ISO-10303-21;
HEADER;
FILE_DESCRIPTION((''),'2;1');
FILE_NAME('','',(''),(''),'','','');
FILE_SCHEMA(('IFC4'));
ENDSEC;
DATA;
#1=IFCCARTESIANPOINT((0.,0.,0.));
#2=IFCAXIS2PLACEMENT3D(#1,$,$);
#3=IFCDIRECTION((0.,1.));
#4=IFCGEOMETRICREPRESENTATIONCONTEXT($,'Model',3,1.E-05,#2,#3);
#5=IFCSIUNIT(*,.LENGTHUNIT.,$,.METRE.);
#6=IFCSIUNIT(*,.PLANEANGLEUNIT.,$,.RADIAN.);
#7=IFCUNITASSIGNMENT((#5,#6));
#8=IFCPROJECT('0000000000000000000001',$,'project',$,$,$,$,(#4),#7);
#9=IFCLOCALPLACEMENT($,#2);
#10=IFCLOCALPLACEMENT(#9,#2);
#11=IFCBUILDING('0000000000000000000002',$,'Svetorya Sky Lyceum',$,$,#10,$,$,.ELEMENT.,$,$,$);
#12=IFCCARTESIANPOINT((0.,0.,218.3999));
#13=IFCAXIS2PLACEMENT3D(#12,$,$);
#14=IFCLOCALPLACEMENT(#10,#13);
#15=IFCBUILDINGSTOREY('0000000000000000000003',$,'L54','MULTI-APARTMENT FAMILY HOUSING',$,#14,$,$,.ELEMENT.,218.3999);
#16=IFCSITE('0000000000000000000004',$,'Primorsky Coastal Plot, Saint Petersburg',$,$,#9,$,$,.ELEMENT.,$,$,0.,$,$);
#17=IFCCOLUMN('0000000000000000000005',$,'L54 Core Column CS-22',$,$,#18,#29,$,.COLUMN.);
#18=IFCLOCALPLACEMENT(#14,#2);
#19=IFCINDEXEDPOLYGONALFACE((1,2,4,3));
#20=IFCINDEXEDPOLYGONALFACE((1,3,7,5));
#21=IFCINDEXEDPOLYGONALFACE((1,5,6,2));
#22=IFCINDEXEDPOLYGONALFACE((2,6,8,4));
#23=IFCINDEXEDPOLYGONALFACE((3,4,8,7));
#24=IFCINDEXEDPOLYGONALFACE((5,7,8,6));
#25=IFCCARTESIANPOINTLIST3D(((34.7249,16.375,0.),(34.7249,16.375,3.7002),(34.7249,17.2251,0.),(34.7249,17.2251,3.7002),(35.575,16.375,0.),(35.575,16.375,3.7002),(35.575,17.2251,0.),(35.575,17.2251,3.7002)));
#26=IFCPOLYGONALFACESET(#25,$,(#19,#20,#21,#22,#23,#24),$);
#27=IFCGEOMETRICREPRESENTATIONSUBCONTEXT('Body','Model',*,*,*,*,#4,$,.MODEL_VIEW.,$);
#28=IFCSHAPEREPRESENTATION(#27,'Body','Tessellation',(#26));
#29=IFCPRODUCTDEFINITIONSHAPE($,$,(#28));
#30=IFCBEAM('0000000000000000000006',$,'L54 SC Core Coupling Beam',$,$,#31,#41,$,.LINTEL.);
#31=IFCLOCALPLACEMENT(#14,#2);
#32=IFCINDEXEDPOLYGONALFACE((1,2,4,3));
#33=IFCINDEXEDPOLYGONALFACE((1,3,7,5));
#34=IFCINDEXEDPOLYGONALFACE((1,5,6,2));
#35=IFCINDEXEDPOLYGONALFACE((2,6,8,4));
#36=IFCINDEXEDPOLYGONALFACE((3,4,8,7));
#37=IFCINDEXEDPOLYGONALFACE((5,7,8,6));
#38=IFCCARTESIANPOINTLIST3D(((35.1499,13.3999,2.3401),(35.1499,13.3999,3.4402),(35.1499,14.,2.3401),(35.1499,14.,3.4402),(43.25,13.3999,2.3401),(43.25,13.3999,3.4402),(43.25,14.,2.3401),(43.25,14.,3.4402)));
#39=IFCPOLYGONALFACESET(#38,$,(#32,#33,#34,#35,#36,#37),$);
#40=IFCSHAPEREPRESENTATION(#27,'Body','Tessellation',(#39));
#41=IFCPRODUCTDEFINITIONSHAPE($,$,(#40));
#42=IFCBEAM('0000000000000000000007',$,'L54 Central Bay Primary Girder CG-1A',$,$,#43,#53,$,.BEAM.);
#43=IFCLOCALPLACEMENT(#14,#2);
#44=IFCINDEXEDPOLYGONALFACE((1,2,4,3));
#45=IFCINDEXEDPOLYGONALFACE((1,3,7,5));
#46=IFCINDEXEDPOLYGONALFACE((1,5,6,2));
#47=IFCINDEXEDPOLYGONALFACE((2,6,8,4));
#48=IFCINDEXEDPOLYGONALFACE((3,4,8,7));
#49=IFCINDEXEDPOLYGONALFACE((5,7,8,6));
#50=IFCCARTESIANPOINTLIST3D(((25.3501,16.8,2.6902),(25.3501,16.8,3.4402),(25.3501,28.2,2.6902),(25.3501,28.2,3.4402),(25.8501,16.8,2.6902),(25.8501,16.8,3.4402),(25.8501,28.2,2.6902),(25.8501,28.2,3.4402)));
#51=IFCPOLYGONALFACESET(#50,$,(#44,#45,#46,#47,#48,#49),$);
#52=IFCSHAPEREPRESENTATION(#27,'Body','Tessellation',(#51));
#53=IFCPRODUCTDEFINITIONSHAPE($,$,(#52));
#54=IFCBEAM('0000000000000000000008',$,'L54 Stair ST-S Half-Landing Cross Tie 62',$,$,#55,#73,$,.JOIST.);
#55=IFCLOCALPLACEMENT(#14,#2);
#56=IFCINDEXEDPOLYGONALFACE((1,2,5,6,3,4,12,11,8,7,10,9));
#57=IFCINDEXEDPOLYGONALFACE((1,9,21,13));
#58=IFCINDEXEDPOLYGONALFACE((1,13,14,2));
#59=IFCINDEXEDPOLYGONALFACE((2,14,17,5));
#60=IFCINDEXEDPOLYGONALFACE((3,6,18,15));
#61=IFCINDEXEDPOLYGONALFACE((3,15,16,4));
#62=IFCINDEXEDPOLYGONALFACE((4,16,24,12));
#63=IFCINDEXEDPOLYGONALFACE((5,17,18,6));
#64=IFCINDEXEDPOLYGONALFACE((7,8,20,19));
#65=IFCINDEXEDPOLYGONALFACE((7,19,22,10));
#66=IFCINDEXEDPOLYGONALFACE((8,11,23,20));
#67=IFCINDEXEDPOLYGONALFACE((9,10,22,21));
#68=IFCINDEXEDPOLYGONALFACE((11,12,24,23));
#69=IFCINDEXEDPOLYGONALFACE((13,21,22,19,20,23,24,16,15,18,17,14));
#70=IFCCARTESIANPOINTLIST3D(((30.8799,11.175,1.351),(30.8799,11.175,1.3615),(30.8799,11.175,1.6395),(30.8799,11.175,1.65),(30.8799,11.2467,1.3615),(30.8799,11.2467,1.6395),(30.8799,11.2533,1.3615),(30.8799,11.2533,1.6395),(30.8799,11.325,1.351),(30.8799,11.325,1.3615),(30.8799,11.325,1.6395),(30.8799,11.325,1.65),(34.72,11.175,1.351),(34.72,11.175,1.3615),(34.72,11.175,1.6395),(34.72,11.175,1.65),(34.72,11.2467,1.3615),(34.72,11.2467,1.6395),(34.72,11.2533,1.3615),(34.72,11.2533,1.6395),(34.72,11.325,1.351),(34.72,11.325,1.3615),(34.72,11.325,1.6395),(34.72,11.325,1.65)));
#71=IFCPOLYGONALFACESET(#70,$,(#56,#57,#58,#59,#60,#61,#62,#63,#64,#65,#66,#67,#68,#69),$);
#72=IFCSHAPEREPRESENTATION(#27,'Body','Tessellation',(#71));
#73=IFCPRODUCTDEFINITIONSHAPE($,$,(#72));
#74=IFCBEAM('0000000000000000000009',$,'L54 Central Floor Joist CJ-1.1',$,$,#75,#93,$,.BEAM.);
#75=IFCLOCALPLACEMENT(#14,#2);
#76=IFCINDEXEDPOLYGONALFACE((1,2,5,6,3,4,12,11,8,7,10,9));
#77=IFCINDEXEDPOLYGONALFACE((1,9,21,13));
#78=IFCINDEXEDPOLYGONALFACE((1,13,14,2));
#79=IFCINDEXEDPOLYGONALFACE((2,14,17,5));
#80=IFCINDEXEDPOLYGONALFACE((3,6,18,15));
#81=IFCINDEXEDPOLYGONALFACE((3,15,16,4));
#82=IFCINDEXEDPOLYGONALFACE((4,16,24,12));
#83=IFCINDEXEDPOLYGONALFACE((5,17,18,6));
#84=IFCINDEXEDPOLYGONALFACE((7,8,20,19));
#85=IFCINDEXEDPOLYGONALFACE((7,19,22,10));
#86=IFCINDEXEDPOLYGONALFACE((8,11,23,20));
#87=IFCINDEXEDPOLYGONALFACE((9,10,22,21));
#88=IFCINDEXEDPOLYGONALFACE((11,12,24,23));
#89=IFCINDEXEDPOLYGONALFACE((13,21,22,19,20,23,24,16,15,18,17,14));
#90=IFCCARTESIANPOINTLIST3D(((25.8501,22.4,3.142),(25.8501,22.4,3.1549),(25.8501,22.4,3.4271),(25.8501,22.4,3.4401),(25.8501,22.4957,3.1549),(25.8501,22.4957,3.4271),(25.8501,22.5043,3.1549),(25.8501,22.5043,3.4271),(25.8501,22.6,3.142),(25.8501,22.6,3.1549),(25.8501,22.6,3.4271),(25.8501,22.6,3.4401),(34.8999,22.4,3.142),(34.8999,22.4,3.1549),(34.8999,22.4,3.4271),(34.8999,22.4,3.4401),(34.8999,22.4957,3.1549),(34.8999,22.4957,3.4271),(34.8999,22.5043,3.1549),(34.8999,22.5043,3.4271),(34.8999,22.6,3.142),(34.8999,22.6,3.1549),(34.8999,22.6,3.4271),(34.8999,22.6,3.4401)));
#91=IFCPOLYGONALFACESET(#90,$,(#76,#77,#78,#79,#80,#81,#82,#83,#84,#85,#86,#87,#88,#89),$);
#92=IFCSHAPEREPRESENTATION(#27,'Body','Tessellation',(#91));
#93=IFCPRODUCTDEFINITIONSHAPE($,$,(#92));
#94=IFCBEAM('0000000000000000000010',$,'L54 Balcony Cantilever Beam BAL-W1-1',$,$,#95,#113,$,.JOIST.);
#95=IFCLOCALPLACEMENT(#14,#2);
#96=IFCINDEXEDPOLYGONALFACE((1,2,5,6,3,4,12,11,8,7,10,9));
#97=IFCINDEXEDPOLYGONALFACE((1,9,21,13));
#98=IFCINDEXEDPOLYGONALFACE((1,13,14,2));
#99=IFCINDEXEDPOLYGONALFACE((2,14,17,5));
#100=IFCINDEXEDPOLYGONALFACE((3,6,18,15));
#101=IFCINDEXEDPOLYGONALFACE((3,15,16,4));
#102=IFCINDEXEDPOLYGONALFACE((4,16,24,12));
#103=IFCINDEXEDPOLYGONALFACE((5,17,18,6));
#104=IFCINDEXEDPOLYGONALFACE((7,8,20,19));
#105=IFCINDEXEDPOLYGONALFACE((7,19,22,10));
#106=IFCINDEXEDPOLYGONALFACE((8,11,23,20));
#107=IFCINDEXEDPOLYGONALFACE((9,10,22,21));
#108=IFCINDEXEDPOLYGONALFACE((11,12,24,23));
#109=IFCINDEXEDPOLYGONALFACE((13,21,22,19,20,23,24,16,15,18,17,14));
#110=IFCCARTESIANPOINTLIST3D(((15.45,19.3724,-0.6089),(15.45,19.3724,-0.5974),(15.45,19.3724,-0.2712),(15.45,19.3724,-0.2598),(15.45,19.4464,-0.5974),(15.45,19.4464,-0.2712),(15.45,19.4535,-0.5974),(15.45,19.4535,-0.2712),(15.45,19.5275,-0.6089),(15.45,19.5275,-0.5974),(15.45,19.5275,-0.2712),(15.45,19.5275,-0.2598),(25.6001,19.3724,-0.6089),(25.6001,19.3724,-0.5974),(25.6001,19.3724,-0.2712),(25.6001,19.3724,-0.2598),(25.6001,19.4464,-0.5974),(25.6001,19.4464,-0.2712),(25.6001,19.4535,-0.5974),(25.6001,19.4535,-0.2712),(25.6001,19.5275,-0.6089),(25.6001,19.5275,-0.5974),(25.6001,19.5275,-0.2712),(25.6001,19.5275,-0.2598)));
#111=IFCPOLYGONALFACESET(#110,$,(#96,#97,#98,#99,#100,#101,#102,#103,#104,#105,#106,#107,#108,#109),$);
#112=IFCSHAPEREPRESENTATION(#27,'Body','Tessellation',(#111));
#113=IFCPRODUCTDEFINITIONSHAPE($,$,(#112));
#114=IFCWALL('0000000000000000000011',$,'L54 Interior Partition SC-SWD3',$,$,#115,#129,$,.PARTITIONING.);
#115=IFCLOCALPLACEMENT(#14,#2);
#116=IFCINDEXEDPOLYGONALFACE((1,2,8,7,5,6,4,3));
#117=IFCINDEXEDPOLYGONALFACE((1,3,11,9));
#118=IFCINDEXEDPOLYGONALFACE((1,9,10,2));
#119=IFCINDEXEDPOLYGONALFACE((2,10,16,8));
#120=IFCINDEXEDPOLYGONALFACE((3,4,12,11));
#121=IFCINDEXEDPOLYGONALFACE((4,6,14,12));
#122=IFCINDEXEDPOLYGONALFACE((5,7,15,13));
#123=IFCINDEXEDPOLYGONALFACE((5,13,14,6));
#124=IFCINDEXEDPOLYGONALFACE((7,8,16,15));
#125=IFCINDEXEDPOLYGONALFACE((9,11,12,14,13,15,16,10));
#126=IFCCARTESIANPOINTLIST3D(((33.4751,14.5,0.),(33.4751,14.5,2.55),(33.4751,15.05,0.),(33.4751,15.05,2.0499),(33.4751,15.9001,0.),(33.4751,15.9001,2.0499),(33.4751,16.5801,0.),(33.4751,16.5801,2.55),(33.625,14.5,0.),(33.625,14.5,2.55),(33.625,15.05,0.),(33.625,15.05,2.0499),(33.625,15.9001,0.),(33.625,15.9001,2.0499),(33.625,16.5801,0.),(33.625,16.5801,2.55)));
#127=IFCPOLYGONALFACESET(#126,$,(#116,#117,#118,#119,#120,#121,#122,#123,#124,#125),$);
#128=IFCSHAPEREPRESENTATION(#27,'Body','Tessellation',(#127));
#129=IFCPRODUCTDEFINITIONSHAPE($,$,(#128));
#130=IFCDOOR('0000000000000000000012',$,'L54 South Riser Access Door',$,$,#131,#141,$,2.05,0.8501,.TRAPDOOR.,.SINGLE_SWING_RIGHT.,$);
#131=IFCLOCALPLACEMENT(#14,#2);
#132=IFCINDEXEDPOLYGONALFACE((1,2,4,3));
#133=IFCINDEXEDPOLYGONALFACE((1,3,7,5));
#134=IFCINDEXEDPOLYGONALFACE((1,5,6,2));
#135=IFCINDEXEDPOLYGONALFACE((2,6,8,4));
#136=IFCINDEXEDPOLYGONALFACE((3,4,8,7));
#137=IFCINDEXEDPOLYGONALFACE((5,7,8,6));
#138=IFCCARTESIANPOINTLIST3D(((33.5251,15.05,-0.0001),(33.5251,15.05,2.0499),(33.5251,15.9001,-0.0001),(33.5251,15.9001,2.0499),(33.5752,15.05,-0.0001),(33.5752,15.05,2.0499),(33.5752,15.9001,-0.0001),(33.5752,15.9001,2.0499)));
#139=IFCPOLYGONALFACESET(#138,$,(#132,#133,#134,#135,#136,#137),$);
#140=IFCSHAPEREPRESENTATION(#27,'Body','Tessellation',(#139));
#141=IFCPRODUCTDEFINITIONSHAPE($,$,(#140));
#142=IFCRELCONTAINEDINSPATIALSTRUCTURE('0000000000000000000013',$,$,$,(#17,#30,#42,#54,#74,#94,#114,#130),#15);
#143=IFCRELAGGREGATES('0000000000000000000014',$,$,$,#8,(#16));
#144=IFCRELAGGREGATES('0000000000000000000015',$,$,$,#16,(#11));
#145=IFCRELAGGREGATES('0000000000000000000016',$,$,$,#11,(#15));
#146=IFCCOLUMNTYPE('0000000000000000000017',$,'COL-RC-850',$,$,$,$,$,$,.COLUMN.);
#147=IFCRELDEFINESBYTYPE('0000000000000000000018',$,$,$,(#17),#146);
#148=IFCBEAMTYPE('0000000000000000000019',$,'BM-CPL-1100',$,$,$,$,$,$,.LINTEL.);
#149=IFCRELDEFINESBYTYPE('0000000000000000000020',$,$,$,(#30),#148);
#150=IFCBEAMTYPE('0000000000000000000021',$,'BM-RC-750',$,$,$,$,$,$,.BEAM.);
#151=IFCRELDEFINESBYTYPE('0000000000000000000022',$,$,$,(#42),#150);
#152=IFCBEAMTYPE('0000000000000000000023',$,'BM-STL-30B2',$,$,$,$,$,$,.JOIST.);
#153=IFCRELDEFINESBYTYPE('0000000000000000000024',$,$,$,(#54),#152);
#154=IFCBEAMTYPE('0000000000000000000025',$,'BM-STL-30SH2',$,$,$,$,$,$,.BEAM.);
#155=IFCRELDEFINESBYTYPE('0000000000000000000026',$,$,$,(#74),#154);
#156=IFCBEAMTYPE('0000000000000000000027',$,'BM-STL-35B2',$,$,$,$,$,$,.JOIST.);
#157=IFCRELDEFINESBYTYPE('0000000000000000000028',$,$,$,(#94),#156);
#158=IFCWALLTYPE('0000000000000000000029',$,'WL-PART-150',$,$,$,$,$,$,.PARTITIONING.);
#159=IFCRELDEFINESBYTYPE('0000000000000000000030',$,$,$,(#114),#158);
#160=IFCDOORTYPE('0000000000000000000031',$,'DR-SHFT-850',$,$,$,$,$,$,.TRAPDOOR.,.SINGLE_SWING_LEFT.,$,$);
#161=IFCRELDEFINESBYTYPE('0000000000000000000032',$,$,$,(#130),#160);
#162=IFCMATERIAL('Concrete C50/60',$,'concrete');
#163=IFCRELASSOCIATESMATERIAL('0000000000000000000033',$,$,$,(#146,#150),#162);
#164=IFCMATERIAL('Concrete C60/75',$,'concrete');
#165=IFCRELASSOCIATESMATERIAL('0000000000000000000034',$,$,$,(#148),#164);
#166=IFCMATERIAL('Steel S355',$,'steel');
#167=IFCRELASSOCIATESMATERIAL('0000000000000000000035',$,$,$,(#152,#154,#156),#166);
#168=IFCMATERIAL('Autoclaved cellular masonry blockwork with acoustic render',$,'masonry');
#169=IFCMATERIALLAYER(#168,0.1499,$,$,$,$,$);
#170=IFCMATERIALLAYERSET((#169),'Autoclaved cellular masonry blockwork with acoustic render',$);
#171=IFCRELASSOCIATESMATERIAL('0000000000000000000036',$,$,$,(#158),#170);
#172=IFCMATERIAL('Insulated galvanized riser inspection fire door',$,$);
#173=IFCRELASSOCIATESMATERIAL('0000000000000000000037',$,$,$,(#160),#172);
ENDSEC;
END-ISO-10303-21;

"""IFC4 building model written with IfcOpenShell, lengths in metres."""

from ifc_helpers import new_model, si_unit, direction, frame, frame_2d, origin, origin_2d, place, context, subcontext, project, spatial, rectangle, i_section, extrude, material, layer, layer_set, material_profile, profile_set, type_object, element, fill, save


model = new_model("IFC4")

# Units and contexts
model_context = context("Model", 3, precision=1e-05, world=origin(), true_north=direction((0.0, 1.0)))
body_context = subcontext(model_context, "Body", "Model", "MODEL_VIEW")
ifc_project = project(units=[si_unit("LENGTHUNIT", "METRE"), si_unit("PLANEANGLEUNIT", "RADIAN")], contexts=[model_context])

# Site, building, storey
site_placement = place(None, origin())
site = spatial("IfcSite", under=ifc_project, at=site_placement, Name="Primorsky Coastal Plot, Saint Petersburg", CompositionType="ELEMENT", RefElevation=0.0)
building_placement = place(site_placement, origin())
building = spatial("IfcBuilding", under=site, at=building_placement, Name="Svetorya Sky Lyceum", CompositionType="ELEMENT")
storey_placement = place(building_placement, frame((0.0, 0.0, 218.3999)))
storey = spatial("IfcBuildingStorey", under=building, at=storey_placement, Name="L54", Description="MULTI-APARTMENT FAMILY HOUSING", CompositionType="ELEMENT", Elevation=218.3999)

# Column
ifc_material_1 = material(Name="Concrete C50/60", Category="concrete")
ifc_material_profile_1 = material_profile(ifc_material_1, rectangle(XDim=0.8501, YDim=0.8501, at=origin_2d()), Name="RC COL 850x850")
ifc_profile_set_1 = profile_set([ifc_material_profile_1], Name="Concrete C50/60")
column_type = type_object("IfcColumnType", Name="COL-RC-850", PredefinedType="COLUMN", material=ifc_profile_set_1)
column_placement = place(storey_placement, frame((35.1499, 16.8, 0.0), z_axis=(0.0, 0.0, 1.0), x_axis=(1.0, 0.0, 0.0)))
element("IfcColumn", 1, at=column_placement, inside=storey, type_object=column_type, Name="L54 Core Column CS-22", PredefinedType="COLUMN", context=body_context, shape_type="SweptSolid", body=[
    extrude(rectangle(XDim=0.8501, YDim=0.8501, at=origin_2d()), origin(), (0.0, 0.0, 1.0), 3.7002),
])

# Beams
ifc_material_2 = material(Name="Concrete C60/75", Category="concrete")
ifc_material_profile_2 = material_profile(ifc_material_2, rectangle(XDim=0.6001, YDim=1.1001, at=origin_2d()), Name="RC COUPLING 600x1100")
ifc_profile_set_2 = profile_set([ifc_material_profile_2], Name="Concrete C60/75")
beam_type_1 = type_object("IfcBeamType", Name="BM-CPL-1100", PredefinedType="LINTEL", material=ifc_profile_set_2)
beam_1_placement = place(storey_placement, frame((35.1499, 13.7, 2.8901), z_axis=(1.0, 0.0, 0.0), x_axis=(0.0, 1.0, 0.0)))
element("IfcBeam", 2, at=beam_1_placement, inside=storey, type_object=beam_type_1, Name="L54 SC Core Coupling Beam", PredefinedType="LINTEL", context=body_context, shape_type="SweptSolid", body=[
    extrude(rectangle(XDim=0.6001, YDim=1.1001, at=origin_2d()), origin(), (0.0, 0.0, 1.0), 8.1001),
])
ifc_material_profile_3 = material_profile(ifc_material_1, rectangle(XDim=0.5, YDim=0.75, at=origin_2d()), Name="RC BEAM 500x750")
ifc_profile_set_3 = profile_set([ifc_material_profile_3], Name="Concrete C50/60")
beam_type_2 = type_object("IfcBeamType", Name="BM-RC-750", PredefinedType="BEAM", material=ifc_profile_set_3)
beam_2_placement = place(storey_placement, frame((25.6001, 16.8, 3.0652), z_axis=(0.0, 1.0, 0.0), x_axis=(-1.0, 0.0, 0.0)))
element("IfcBeam", 3, at=beam_2_placement, inside=storey, type_object=beam_type_2, Name="L54 Central Bay Primary Girder CG-1A", PredefinedType="BEAM", context=body_context, shape_type="SweptSolid", body=[
    extrude(rectangle(XDim=0.5, YDim=0.75, at=origin_2d()), origin(), (0.0, 0.0, 1.0), 11.3999),
])
ifc_material_3 = material(Name="Steel S355", Category="steel")
ifc_material_profile_4 = material_profile(ifc_material_3, i_section(OverallWidth=0.1499, OverallDepth=0.2991, WebThickness=0.0066, FlangeThickness=0.0105, at=origin_2d()), Name="GOST 30B2")
ifc_profile_set_4 = profile_set([ifc_material_profile_4], Name="Steel S355")
beam_type_3 = type_object("IfcBeamType", Name="BM-STL-30B2", PredefinedType="JOIST", material=ifc_profile_set_4)
beam_3_placement = place(storey_placement, frame((30.8799, 11.25, 1.5005), z_axis=(1.0, 0.0, 0.0), x_axis=(0.0, 1.0, 0.0)))
element("IfcBeam", 4, at=beam_3_placement, inside=storey, type_object=beam_type_3, Name="L54 Stair ST-S Half-Landing Cross Tie 62", PredefinedType="JOIST", context=body_context, shape_type="SweptSolid", body=[
    extrude(i_section(OverallWidth=0.1499, OverallDepth=0.2991, WebThickness=0.0066, FlangeThickness=0.0105, at=origin_2d()), origin(), (0.0, 0.0, 1.0), 3.8401),
])
ifc_material_profile_5 = material_profile(ifc_material_3, i_section(OverallWidth=0.2, OverallDepth=0.2981, WebThickness=0.0085, FlangeThickness=0.0129, at=origin_2d()), Name="GOST 30Sh2")
ifc_profile_set_5 = profile_set([ifc_material_profile_5], Name="Steel S355")
beam_type_4 = type_object("IfcBeamType", Name="BM-STL-30SH2", PredefinedType="BEAM", material=ifc_profile_set_5)
beam_4_placement = place(storey_placement, frame((25.8501, 22.5, 3.291), z_axis=(1.0, 0.0, 0.0), x_axis=(0.0, 1.0, 0.0)))
element("IfcBeam", 5, at=beam_4_placement, inside=storey, type_object=beam_type_4, Name="L54 Central Floor Joist CJ-1.1", PredefinedType="BEAM", context=body_context, shape_type="SweptSolid", body=[
    extrude(i_section(OverallWidth=0.2, OverallDepth=0.2981, WebThickness=0.0085, FlangeThickness=0.0129, at=origin_2d()), origin(), (0.0, 0.0, 1.0), 9.0498),
])
ifc_material_profile_6 = material_profile(ifc_material_3, i_section(OverallWidth=0.155, OverallDepth=0.3491, WebThickness=0.0071, FlangeThickness=0.0115, at=origin_2d()), Name="GOST 35B2")
ifc_profile_set_6 = profile_set([ifc_material_profile_6], Name="Steel S355")
beam_type_5 = type_object("IfcBeamType", Name="BM-STL-35B2", PredefinedType="JOIST", material=ifc_profile_set_6)
beam_5_placement = place(storey_placement, frame((25.6001, 19.45, -0.4343), z_axis=(-1.0, 0.0, 0.0), x_axis=(0.0, -1.0, 0.0)))
element("IfcBeam", 6, at=beam_5_placement, inside=storey, type_object=beam_type_5, Name="L54 Balcony Cantilever Beam BAL-W1-1", PredefinedType="JOIST", context=body_context, shape_type="SweptSolid", body=[
    extrude(i_section(OverallWidth=0.155, OverallDepth=0.3491, WebThickness=0.0071, FlangeThickness=0.0115, at=origin_2d()), origin(), (0.0, 0.0, 1.0), 10.1501),
])

# Wall, opening, door
ifc_material_4 = material(Name="Autoclaved cellular masonry blockwork with acoustic render", Category="masonry")
ifc_layer_1 = layer(ifc_material_4, 0.1499)
ifc_layer_set_1 = layer_set([ifc_layer_1], Name="Autoclaved cellular masonry blockwork with acoustic render")
wall_type_1 = type_object("IfcWallType", Name="WL-PART-150", PredefinedType="PARTITIONING", material=ifc_layer_set_1)
wall_1_placement = place(storey_placement, frame((33.55, 14.5, 0.0), z_axis=(0.0, 0.0, 1.0), x_axis=(0.0, 1.0, 0.0)))
wall_1 = element("IfcWall", 7, at=wall_1_placement, inside=storey, type_object=wall_type_1, Name="L54 Interior Partition SC-SWD3", PredefinedType="PARTITIONING", context=body_context, shape_type="SweptSolid", body=[
    extrude(rectangle(XDim=2.0801, YDim=0.1499, at=frame_2d((1.04, 0.0))), origin(), (0.0, 0.0, 1.0), 2.55),
])
opening_1_placement = place(wall_1_placement, frame((0.55, 0.0, 0.0)))
opening_1 = element("IfcOpeningElement", 8, at=opening_1_placement, cuts=wall_1, PredefinedType="OPENING", context=body_context, shape_type="SweptSolid", body=[
    extrude(rectangle(XDim=0.8501, YDim=2.05, at=frame_2d((0.425, 1.0249))), frame((0.0, 0.085, 0.0), z_axis=(0.0, -1.0, 0.0), x_axis=(1.0, 0.0, 0.0)), (0.0, 0.0, 1.0), 0.1699),
])
ifc_material_5 = material(Name="Insulated galvanized riser inspection fire door")
door_type_1 = type_object("IfcDoorType", Name="DR-SHFT-850", OperationType="SINGLE_SWING_LEFT", PredefinedType="TRAPDOOR", material=ifc_material_5)
door_1_placement = place(opening_1_placement, origin())
door_1 = element("IfcDoor", 9, at=door_1_placement, inside=storey, type_object=door_type_1, Name="L54 South Riser Access Door", OperationType="SINGLE_SWING_RIGHT", OverallHeight=2.05, OverallWidth=0.8501, PredefinedType="TRAPDOOR", context=body_context, shape_type="SweptSolid", body=[
    extrude(rectangle(XDim=0.8501, YDim=2.05, at=frame_2d((0.425, 1.0249))), frame((0.0, 0.0249, 0.0), z_axis=(0.0, -1.0, 0.0), x_axis=(1.0, 0.0, 0.0)), (0.0, 0.0, 1.0), 0.05),
])
fill(opening_1, door_1)

save(model, "model.ifc")
